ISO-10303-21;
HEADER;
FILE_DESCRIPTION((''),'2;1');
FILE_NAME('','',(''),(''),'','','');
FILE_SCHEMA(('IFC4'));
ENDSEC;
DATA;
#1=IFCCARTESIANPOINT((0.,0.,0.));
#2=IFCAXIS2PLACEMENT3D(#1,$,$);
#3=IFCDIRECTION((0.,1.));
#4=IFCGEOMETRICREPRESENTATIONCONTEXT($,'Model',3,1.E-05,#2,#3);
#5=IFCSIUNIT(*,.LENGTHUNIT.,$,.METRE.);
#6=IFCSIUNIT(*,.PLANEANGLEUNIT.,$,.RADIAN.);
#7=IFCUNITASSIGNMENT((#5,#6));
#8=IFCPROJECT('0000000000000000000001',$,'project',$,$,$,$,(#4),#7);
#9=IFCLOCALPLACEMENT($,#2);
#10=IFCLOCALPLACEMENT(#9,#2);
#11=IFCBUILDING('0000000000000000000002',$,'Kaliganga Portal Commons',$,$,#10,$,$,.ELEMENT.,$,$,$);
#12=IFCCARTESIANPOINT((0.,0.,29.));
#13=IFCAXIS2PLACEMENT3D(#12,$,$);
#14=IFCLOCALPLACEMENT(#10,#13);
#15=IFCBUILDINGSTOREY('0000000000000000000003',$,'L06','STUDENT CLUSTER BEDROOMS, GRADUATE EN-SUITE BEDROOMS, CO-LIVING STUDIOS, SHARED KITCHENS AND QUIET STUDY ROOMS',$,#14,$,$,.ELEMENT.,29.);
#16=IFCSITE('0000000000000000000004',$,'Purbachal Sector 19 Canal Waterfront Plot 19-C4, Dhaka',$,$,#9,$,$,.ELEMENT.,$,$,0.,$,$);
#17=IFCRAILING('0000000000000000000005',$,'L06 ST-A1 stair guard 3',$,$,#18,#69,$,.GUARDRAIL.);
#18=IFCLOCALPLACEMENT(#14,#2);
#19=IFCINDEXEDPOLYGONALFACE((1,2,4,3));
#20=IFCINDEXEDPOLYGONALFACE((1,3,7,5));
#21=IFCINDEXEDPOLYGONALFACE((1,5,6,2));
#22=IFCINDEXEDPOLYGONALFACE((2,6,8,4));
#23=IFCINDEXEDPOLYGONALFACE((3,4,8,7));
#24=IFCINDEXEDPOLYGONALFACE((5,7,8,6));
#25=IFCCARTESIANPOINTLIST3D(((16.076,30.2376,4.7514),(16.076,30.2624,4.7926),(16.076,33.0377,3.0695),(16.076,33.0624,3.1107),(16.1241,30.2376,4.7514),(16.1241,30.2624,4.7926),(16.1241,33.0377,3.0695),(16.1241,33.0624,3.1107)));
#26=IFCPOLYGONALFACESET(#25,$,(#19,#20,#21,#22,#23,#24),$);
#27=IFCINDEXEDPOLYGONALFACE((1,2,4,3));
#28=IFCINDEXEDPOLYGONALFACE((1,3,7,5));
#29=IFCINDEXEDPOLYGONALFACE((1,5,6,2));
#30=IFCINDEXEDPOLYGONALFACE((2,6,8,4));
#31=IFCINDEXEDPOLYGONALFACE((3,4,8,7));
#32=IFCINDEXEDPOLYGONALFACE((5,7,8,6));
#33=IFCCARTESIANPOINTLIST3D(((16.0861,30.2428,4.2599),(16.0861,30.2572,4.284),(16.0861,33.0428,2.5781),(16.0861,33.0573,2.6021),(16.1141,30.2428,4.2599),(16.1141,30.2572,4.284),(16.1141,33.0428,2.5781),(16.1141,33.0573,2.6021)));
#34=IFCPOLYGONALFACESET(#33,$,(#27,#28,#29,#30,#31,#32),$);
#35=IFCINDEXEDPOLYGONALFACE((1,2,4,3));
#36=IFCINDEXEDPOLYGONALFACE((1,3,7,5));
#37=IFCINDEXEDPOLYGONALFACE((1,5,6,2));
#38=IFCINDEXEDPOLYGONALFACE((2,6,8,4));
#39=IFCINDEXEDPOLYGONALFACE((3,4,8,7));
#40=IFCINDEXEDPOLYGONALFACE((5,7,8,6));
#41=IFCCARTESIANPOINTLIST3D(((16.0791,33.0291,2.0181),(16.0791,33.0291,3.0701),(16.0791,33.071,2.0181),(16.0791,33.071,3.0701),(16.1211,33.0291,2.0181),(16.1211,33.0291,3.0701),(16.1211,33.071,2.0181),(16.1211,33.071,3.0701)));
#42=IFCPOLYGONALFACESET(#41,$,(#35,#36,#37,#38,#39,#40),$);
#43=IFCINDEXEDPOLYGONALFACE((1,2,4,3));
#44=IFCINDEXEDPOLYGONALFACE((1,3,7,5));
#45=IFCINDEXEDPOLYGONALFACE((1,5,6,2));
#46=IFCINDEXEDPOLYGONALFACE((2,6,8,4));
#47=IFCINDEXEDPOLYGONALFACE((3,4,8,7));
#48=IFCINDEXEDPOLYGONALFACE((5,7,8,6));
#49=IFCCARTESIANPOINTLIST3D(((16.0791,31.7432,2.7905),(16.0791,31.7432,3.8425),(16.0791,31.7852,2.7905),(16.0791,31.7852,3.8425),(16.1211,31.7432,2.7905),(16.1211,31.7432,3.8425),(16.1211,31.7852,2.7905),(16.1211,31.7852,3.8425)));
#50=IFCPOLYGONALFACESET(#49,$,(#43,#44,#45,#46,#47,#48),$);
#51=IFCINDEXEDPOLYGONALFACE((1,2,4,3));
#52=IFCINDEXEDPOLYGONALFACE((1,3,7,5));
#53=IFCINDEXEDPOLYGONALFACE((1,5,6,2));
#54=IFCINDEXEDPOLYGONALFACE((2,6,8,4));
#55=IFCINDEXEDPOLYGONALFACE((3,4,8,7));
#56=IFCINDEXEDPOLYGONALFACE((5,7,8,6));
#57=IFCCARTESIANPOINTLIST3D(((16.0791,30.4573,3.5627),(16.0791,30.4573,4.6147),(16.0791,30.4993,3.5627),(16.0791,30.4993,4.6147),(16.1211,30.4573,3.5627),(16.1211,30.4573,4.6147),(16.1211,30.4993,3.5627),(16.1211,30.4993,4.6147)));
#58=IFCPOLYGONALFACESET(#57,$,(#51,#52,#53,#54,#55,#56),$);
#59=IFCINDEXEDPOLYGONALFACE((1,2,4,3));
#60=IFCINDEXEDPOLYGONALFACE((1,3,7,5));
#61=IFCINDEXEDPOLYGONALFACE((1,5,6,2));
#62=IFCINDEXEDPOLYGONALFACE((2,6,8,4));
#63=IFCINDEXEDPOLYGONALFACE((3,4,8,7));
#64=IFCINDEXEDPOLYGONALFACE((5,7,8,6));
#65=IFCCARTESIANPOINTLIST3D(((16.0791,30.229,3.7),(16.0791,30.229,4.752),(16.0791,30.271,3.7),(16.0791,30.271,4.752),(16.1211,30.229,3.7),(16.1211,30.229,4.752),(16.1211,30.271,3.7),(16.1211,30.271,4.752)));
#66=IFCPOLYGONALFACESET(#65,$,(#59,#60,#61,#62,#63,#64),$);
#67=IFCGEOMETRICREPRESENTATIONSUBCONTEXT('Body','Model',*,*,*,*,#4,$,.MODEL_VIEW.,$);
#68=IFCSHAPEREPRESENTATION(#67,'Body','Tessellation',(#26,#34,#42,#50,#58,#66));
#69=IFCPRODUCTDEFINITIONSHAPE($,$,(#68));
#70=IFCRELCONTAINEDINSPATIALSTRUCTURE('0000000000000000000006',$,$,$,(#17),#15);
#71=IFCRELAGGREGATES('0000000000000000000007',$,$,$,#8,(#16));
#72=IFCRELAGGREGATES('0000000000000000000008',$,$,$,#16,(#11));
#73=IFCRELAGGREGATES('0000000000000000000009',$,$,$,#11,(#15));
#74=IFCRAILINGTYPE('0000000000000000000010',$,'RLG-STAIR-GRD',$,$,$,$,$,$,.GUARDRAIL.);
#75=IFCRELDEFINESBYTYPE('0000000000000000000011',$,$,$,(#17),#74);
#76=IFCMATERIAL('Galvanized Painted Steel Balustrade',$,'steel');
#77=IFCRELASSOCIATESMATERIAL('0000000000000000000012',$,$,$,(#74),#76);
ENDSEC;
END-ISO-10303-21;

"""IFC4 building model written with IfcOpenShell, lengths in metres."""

from ifc_helpers import new_model, si_unit, direction, frame, origin, origin_2d, place, context, subcontext, project, spatial, rectangle, extrude, material, type_object, element, save


model = new_model("IFC4")

# Units and contexts
model_context = context("Model", 3, precision=1e-05, world=origin(), true_north=direction((0.0, 1.0)))
body_context = subcontext(model_context, "Body", "Model", "MODEL_VIEW")
ifc_project = project(units=[si_unit("LENGTHUNIT", "METRE"), si_unit("PLANEANGLEUNIT", "RADIAN")], contexts=[model_context])

# Site, building, storey
site_placement = place(None, origin())
site = spatial("IfcSite", under=ifc_project, at=site_placement, Name="Purbachal Sector 19 Canal Waterfront Plot 19-C4, Dhaka", CompositionType="ELEMENT", RefElevation=0.0)
building_placement = place(site_placement, origin())
building = spatial("IfcBuilding", under=site, at=building_placement, Name="Kaliganga Portal Commons", CompositionType="ELEMENT")
storey_placement = place(building_placement, frame((0.0, 0.0, 29.0)))
storey = spatial("IfcBuildingStorey", under=building, at=storey_placement, Name="L06", Description="STUDENT CLUSTER BEDROOMS, GRADUATE EN-SUITE BEDROOMS, CO-LIVING STUDIOS, SHARED KITCHENS AND QUIET STUDY ROOMS", CompositionType="ELEMENT", Elevation=29.0)

# Railing
ifc_material_1 = material(Name="Galvanized Painted Steel Balustrade", Category="steel")
railing_type = type_object("IfcRailingType", Name="RLG-STAIR-GRD", PredefinedType="GUARDRAIL", material=ifc_material_1)
railing_1_placement = place(storey_placement, frame((16.1001, 33.05, 2.0181)))
element("IfcRailing", 1, at=railing_1_placement, inside=storey, type_object=railing_type, Name="L06 ST-A1 stair guard 3", PredefinedType="GUARDRAIL", context=body_context, shape_type="SweptSolid", body=[
    extrude(rectangle(XDim=0.0481, YDim=0.0481, at=origin_2d()), frame((0.0, 0.0, 1.072), z_axis=(0.0, -0.857242, 0.514913), x_axis=(1.0, 0.0, 0.0)), (0.0, 0.0, 1.0), 3.2664),
    extrude(rectangle(XDim=0.0281, YDim=0.0281, at=origin_2d()), frame((0.0, 0.0, 0.572), z_axis=(0.0, -0.857242, 0.514913), x_axis=(1.0, 0.0, 0.0)), (0.0, 0.0, 1.0), 3.2664),
    extrude(rectangle(XDim=0.042, YDim=0.042, at=origin_2d()), origin(), (0.0, 0.0, 1.0), 1.052),
    extrude(rectangle(XDim=0.042, YDim=0.042, at=origin_2d()), frame((0.0, -1.2859, 0.7725)), (0.0, 0.0, 1.0), 1.052),
    extrude(rectangle(XDim=0.042, YDim=0.042, at=origin_2d()), frame((0.0, -2.5718, 1.5447)), (0.0, 0.0, 1.0), 1.052),
    extrude(rectangle(XDim=0.042, YDim=0.042, at=origin_2d()), frame((0.0, -2.8, 1.6819)), (0.0, 0.0, 1.0), 1.052),
])

save(model, "model.ifc")
